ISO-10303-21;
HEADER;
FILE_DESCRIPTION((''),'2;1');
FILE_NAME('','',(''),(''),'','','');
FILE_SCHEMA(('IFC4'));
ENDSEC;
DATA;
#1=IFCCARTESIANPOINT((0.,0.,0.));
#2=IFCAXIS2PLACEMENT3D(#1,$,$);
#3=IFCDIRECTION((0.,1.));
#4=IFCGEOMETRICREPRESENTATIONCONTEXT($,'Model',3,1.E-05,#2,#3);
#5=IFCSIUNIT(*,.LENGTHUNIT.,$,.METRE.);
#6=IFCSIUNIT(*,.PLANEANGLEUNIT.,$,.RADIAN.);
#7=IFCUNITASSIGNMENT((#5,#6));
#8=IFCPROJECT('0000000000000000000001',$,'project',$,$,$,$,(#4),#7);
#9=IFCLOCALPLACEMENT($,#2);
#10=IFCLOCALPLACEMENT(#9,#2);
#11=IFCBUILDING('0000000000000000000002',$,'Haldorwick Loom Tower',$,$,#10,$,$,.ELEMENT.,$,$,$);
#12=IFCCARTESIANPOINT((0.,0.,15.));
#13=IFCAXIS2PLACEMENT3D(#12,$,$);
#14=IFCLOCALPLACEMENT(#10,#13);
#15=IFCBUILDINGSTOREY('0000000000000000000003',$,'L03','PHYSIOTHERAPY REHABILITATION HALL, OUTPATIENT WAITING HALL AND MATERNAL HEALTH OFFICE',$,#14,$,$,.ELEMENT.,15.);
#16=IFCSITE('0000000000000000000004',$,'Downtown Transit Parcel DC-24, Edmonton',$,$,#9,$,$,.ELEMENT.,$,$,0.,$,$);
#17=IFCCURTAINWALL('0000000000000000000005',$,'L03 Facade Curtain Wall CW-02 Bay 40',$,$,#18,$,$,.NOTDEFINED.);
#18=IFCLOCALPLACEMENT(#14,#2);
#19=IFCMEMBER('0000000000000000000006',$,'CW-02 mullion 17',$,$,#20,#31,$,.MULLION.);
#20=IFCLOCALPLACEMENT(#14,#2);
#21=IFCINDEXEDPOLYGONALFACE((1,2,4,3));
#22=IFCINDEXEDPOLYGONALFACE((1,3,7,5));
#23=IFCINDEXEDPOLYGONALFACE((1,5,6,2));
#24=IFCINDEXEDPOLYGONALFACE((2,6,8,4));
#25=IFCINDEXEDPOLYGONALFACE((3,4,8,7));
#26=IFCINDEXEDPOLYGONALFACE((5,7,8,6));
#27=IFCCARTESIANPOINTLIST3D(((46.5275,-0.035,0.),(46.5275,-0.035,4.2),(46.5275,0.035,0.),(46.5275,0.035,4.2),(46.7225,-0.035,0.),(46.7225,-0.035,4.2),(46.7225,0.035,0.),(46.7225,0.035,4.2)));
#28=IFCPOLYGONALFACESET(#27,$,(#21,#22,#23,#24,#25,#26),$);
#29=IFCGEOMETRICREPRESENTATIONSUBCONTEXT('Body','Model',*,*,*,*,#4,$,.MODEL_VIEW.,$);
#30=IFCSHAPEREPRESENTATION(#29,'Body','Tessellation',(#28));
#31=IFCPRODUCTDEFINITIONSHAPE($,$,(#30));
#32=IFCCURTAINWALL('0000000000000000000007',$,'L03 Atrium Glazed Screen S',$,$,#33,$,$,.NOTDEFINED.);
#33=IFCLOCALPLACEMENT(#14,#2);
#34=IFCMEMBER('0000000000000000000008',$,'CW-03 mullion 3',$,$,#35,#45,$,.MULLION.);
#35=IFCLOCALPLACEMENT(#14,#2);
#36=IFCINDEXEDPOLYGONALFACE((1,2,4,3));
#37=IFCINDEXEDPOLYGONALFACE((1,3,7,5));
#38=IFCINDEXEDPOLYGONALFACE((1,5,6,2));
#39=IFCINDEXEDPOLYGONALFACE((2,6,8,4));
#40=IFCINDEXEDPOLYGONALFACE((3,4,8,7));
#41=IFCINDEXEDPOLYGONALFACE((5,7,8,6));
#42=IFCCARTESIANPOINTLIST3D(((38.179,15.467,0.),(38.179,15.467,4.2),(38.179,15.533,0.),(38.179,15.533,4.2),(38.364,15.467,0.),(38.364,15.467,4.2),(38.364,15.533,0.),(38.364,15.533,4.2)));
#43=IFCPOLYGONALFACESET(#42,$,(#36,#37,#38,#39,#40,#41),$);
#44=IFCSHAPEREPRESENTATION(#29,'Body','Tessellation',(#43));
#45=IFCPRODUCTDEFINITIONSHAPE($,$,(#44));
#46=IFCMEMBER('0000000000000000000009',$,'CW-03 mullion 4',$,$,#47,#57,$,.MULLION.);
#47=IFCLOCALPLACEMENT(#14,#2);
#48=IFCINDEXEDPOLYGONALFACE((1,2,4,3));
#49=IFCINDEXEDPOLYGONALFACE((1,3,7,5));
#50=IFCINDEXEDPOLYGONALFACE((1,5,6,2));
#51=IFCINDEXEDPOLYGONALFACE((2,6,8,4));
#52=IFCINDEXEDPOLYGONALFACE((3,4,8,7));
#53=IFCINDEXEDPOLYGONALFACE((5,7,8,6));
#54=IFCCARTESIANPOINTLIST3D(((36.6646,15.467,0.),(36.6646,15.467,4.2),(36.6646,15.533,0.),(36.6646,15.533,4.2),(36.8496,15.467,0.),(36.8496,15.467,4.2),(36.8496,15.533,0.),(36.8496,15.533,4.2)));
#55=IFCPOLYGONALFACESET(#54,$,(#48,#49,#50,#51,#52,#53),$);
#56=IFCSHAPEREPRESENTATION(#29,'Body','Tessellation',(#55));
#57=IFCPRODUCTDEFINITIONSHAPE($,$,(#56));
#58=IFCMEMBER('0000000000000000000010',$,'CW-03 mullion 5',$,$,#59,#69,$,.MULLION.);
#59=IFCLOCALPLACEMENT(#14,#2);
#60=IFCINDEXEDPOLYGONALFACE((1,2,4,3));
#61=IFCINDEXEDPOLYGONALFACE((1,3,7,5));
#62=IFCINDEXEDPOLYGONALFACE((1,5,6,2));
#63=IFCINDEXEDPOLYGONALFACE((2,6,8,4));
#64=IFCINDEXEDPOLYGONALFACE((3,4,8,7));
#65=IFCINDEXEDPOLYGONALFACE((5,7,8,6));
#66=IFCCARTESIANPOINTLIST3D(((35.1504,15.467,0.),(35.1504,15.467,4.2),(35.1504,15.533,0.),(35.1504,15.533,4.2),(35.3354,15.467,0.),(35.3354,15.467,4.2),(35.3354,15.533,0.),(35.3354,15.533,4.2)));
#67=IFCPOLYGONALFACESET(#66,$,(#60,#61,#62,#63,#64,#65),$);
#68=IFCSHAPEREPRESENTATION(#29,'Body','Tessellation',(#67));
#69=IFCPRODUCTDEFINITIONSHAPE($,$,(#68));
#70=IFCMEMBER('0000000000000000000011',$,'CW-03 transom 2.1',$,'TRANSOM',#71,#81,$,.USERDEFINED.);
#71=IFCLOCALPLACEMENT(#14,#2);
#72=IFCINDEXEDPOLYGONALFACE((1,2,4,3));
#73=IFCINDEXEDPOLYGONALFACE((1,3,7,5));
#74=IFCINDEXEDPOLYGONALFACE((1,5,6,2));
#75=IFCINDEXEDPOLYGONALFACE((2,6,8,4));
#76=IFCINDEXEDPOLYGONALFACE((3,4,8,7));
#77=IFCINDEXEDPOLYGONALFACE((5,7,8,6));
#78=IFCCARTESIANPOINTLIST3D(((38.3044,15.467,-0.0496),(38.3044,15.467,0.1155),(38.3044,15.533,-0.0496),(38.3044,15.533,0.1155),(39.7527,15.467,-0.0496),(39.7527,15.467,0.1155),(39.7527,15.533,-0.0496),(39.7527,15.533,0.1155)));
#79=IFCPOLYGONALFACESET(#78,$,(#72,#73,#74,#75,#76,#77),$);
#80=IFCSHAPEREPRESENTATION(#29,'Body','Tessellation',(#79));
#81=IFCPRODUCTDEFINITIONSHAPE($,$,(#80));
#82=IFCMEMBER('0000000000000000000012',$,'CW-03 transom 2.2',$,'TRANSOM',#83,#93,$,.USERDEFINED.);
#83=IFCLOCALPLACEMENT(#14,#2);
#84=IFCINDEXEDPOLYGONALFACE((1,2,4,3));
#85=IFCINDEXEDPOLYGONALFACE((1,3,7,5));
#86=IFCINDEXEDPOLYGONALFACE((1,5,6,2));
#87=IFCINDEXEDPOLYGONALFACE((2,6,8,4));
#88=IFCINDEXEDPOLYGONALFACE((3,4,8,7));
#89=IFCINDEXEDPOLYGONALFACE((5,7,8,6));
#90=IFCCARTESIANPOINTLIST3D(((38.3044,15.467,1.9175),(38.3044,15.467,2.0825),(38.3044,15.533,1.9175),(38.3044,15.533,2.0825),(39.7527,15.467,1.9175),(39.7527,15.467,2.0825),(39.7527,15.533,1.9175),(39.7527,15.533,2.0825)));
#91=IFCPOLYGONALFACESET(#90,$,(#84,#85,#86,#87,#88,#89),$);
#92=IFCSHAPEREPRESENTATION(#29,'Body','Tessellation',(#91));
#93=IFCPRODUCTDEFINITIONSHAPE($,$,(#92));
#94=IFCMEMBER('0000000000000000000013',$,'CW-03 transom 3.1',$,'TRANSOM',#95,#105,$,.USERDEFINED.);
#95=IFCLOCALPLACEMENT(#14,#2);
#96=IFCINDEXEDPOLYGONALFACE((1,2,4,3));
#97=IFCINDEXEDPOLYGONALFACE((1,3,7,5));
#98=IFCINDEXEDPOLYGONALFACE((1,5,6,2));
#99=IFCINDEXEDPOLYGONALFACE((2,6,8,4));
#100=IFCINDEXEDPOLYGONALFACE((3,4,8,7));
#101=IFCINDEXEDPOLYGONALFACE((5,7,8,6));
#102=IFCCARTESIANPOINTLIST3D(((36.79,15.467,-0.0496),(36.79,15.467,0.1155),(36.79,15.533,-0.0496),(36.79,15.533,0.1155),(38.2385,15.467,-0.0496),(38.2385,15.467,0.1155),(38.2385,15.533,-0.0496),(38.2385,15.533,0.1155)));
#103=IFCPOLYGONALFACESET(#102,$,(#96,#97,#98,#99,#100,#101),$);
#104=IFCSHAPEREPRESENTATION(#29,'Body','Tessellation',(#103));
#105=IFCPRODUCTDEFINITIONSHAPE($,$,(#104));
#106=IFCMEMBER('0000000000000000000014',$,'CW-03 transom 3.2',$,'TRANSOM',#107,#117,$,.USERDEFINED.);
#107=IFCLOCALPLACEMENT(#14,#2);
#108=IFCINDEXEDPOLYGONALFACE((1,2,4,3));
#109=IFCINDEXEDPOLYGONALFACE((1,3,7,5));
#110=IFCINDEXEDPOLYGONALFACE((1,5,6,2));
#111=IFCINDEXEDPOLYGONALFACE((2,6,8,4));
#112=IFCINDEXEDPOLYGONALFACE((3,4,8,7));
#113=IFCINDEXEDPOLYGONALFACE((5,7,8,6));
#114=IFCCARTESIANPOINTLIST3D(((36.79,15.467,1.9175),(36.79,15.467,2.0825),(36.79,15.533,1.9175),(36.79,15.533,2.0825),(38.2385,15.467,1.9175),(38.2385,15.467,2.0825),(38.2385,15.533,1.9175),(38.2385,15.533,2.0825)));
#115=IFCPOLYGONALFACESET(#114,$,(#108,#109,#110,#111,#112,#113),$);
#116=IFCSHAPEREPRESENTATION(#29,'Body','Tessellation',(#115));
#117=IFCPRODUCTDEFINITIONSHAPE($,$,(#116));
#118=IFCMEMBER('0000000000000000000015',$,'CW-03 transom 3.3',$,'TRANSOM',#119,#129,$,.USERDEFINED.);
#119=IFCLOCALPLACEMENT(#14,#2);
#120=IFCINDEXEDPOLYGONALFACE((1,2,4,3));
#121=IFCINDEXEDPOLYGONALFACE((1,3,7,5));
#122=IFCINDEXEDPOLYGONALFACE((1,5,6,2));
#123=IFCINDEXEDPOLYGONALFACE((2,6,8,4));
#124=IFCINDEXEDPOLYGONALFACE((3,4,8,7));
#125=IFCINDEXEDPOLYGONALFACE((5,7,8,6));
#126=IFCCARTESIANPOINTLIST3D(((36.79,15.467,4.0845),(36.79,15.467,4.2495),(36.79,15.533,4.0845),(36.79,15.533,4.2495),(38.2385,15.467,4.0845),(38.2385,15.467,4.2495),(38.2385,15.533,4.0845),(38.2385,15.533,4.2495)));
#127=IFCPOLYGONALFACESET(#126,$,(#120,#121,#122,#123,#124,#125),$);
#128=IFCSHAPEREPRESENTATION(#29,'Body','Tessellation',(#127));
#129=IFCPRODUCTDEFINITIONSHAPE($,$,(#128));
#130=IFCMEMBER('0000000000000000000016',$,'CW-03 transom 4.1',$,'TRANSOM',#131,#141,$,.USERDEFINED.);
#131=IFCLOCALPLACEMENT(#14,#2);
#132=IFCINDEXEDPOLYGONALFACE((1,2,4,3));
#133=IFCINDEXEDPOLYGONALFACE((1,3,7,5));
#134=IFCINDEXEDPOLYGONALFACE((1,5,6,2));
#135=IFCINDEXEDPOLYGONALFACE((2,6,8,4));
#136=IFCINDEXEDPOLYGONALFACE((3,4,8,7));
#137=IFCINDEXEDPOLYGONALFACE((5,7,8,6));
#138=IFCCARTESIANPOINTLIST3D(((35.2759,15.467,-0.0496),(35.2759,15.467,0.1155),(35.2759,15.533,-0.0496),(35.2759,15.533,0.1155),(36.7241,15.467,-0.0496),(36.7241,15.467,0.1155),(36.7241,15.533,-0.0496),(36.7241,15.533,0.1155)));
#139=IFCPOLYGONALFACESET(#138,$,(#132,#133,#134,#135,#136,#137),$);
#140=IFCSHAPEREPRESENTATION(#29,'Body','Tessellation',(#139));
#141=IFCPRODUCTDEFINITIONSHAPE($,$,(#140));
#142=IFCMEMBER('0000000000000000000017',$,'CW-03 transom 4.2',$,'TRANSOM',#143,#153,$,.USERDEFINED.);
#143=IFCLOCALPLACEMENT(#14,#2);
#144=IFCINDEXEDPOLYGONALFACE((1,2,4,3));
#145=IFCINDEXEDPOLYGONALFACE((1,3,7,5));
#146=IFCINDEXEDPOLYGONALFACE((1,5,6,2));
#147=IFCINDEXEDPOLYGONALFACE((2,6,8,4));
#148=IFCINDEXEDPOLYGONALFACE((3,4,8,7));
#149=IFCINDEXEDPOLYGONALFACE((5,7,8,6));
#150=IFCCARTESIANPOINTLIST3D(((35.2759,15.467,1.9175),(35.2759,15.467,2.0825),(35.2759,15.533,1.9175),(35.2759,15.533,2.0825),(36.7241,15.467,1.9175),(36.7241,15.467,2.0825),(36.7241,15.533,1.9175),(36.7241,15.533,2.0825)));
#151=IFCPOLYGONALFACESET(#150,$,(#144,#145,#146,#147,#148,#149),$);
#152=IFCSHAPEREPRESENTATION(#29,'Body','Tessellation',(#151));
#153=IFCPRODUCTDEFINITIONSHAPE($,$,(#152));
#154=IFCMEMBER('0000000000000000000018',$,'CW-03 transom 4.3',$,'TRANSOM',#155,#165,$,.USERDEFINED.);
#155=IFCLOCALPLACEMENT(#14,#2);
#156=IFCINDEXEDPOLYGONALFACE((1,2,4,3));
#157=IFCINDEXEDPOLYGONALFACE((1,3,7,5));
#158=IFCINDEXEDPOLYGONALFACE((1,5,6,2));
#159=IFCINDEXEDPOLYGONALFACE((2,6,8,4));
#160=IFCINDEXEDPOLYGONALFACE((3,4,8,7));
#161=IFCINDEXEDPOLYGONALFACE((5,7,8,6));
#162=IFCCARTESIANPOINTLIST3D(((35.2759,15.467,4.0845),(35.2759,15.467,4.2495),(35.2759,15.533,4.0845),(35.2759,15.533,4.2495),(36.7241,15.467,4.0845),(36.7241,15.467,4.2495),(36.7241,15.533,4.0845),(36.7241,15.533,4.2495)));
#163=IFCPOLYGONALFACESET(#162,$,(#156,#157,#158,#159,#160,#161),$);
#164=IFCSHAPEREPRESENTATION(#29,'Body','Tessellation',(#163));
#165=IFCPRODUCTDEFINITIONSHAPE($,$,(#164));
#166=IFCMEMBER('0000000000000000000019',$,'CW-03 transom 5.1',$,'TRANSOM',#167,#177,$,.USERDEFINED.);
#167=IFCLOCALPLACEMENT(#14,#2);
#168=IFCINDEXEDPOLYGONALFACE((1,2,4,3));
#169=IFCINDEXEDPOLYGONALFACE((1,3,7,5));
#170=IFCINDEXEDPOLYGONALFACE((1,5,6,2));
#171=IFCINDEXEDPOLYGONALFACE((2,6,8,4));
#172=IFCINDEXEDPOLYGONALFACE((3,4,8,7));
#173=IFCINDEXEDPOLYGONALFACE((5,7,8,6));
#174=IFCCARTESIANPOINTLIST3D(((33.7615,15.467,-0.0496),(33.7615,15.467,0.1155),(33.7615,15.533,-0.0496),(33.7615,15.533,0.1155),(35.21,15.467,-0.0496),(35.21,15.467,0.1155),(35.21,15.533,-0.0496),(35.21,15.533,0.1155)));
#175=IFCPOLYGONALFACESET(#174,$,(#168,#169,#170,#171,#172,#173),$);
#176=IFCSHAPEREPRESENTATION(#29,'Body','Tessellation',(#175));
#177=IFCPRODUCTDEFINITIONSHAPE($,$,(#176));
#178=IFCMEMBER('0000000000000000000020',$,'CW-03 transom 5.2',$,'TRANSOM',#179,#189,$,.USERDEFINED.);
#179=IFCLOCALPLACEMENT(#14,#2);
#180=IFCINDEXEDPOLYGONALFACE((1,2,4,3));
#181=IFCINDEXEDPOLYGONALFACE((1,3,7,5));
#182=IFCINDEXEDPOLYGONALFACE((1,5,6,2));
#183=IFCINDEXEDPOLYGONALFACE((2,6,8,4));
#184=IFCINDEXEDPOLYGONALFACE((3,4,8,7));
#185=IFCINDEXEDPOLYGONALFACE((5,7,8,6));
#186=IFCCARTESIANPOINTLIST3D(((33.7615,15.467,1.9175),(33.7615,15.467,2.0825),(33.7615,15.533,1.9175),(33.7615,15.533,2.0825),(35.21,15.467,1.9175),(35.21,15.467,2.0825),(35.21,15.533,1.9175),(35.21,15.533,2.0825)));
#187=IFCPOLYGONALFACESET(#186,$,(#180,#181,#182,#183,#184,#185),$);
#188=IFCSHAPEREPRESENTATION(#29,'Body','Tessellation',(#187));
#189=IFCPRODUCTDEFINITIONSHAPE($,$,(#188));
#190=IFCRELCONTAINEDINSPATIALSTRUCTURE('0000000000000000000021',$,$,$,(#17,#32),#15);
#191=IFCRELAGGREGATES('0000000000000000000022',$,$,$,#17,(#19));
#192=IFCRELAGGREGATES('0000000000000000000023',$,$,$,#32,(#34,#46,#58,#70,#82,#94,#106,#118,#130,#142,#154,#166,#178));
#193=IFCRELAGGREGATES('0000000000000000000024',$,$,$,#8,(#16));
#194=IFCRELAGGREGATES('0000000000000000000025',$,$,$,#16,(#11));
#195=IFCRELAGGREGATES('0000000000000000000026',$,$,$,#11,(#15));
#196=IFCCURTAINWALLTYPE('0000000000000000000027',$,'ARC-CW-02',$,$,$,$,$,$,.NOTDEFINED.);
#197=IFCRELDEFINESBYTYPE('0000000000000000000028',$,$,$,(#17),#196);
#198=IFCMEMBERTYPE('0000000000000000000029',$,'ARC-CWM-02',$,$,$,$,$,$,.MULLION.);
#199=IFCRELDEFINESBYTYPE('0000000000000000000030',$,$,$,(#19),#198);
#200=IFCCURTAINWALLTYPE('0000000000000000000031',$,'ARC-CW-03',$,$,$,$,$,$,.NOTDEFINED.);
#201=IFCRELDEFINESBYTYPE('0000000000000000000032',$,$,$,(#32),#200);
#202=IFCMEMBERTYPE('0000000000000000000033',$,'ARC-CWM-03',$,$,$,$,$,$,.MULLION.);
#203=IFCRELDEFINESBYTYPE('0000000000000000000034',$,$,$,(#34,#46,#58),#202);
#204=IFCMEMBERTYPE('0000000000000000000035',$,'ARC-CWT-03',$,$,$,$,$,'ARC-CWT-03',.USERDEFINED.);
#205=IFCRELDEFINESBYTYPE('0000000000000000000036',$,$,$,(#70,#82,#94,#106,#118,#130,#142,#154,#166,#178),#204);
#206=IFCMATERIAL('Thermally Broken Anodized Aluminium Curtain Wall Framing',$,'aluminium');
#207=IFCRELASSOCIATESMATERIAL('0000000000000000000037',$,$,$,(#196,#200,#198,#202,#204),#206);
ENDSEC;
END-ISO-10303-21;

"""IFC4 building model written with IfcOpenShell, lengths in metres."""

from ifc_helpers import new_model, si_unit, direction, frame, origin, origin_2d, place, context, subcontext, project, spatial, rectangle, extrude, material, material_profile, profile_set, type_object, element, aggregate, save


model = new_model("IFC4")

# Units and contexts
model_context = context("Model", 3, precision=1e-05, world=origin(), true_north=direction((0.0, 1.0)))
body_context = subcontext(model_context, "Body", "Model", "MODEL_VIEW")
ifc_project = project(units=[si_unit("LENGTHUNIT", "METRE"), si_unit("PLANEANGLEUNIT", "RADIAN")], contexts=[model_context])

# Site, building, storey
site_placement = place(None, origin())
site = spatial("IfcSite", under=ifc_project, at=site_placement, Name="Downtown Transit Parcel DC-24, Edmonton", CompositionType="ELEMENT", RefElevation=0.0)
building_placement = place(site_placement, origin())
building = spatial("IfcBuilding", under=site, at=building_placement, Name="Haldorwick Loom Tower", CompositionType="ELEMENT")
storey_placement = place(building_placement, frame((0.0, 0.0, 15.0)))
storey = spatial("IfcBuildingStorey", under=building, at=storey_placement, Name="L03", Description="PHYSIOTHERAPY REHABILITATION HALL, OUTPATIENT WAITING HALL AND MATERNAL HEALTH OFFICE", CompositionType="ELEMENT", Elevation=15.0)

# Curtain wall, member
ifc_material_1 = material(Name="Thermally Broken Anodized Aluminium Curtain Wall Framing", Category="aluminium")
curtain_wall_type_1 = type_object("IfcCurtainWallType", Name="ARC-CW-02", PredefinedType="NOTDEFINED", material=ifc_material_1)
curtain_wall_1_placement = place(storey_placement, origin())
curtain_wall_1 = element("IfcCurtainWall", 1, at=curtain_wall_1_placement, inside=storey, type_object=curtain_wall_type_1, Name="L03 Facade Curtain Wall CW-02 Bay 40", PredefinedType="NOTDEFINED")
ifc_material_profile_1 = material_profile(ifc_material_1, rectangle(XDim=0.0701, YDim=0.1951, at=origin_2d()), Name="ALU_MUL_70X195", Category="aluminium")
ifc_profile_set_1 = profile_set([ifc_material_profile_1], Name="Thermally Broken Anodized Aluminium Curtain Wall Framing")
member_type_1 = type_object("IfcMemberType", Name="ARC-CWM-02", PredefinedType="MULLION", material=ifc_profile_set_1)
member_1_placement = place(storey_placement, frame((46.625, 0.0, 0.0), z_axis=(0.0, 0.0, 1.0), x_axis=(0.0, 1.0, 0.0)))
member_1 = element("IfcMember", 2, at=member_1_placement, type_object=member_type_1, Name="CW-02 mullion 17", PredefinedType="MULLION", context=body_context, shape_type="SweptSolid", body=[
    extrude(rectangle(XDim=0.0701, YDim=0.1951, at=origin_2d()), origin(), (0.0, 0.0, 1.0), 4.2),
])
aggregate(curtain_wall_1, [member_1])

# Curtain wall, members
curtain_wall_type_2 = type_object("IfcCurtainWallType", Name="ARC-CW-03", PredefinedType="NOTDEFINED", material=ifc_material_1)
curtain_wall_2_placement = place(storey_placement, origin())
curtain_wall_2 = element("IfcCurtainWall", 3, at=curtain_wall_2_placement, inside=storey, type_object=curtain_wall_type_2, Name="L03 Atrium Glazed Screen S", PredefinedType="NOTDEFINED")
ifc_material_profile_2 = material_profile(ifc_material_1, rectangle(XDim=0.0659, YDim=0.1851, at=origin_2d()), Name="ALU_MUL_66X185", Category="aluminium")
ifc_profile_set_2 = profile_set([ifc_material_profile_2], Name="Thermally Broken Anodized Aluminium Curtain Wall Framing")
member_type_2 = type_object("IfcMemberType", Name="ARC-CWM-03", PredefinedType="MULLION", material=ifc_profile_set_2)
member_2_placement = place(storey_placement, frame((38.2715, 15.5, 0.0), z_axis=(0.0, 0.0, 1.0), x_axis=(0.0, -1.0, 0.0)))
member_2 = element("IfcMember", 4, at=member_2_placement, type_object=member_type_2, Name="CW-03 mullion 3", PredefinedType="MULLION", context=body_context, shape_type="SweptSolid", body=[
    extrude(rectangle(XDim=0.0659, YDim=0.1851, at=origin_2d()), origin(), (0.0, 0.0, 1.0), 4.2),
])
member_3_placement = place(storey_placement, frame((36.7571, 15.5, 0.0), z_axis=(0.0, 0.0, 1.0), x_axis=(0.0, -1.0, 0.0)))
member_3 = element("IfcMember", 5, at=member_3_placement, type_object=member_type_2, Name="CW-03 mullion 4", PredefinedType="MULLION", context=body_context, shape_type="SweptSolid", body=[
    extrude(rectangle(XDim=0.0659, YDim=0.1851, at=origin_2d()), origin(), (0.0, 0.0, 1.0), 4.2),
])
member_4_placement = place(storey_placement, frame((35.2429, 15.5, 0.0), z_axis=(0.0, 0.0, 1.0), x_axis=(0.0, -1.0, 0.0)))
member_4 = element("IfcMember", 6, at=member_4_placement, type_object=member_type_2, Name="CW-03 mullion 5", PredefinedType="MULLION", context=body_context, shape_type="SweptSolid", body=[
    extrude(rectangle(XDim=0.0659, YDim=0.1851, at=origin_2d()), origin(), (0.0, 0.0, 1.0), 4.2),
])
ifc_material_profile_3 = material_profile(ifc_material_1, rectangle(XDim=0.0659, YDim=0.165, at=origin_2d()), Name="ALU_TRN_66X165", Category="aluminium")
ifc_profile_set_3 = profile_set([ifc_material_profile_3], Name="Thermally Broken Anodized Aluminium Curtain Wall Framing")
member_type_3 = type_object("IfcMemberType", Name="ARC-CWT-03", ElementType="ARC-CWT-03", PredefinedType="USERDEFINED", material=ifc_profile_set_3)
member_5_placement = place(storey_placement, frame((39.7527, 15.5, 0.033), z_axis=(-1.0, 0.0, 0.0), x_axis=(0.0, -1.0, 0.0)))
member_5 = element("IfcMember", 7, at=member_5_placement, type_object=member_type_3, Name="CW-03 transom 2.1", ObjectType="TRANSOM", PredefinedType="USERDEFINED", context=body_context, shape_type="SweptSolid", body=[
    extrude(rectangle(XDim=0.0659, YDim=0.165, at=origin_2d()), origin(), (0.0, 0.0, 1.0), 1.4482),
])
member_6_placement = place(storey_placement, frame((39.7527, 15.5, 2.0), z_axis=(-1.0, 0.0, 0.0), x_axis=(0.0, -1.0, 0.0)))
member_6 = element("IfcMember", 8, at=member_6_placement, type_object=member_type_3, Name="CW-03 transom 2.2", ObjectType="TRANSOM", PredefinedType="USERDEFINED", context=body_context, shape_type="SweptSolid", body=[
    extrude(rectangle(XDim=0.0659, YDim=0.165, at=origin_2d()), origin(), (0.0, 0.0, 1.0), 1.4482),
])
member_7_placement = place(storey_placement, frame((38.2385, 15.5, 0.033), z_axis=(-1.0, 0.0, 0.0), x_axis=(0.0, -1.0, 0.0)))
member_7 = element("IfcMember", 9, at=member_7_placement, type_object=member_type_3, Name="CW-03 transom 3.1", ObjectType="TRANSOM", PredefinedType="USERDEFINED", context=body_context, shape_type="SweptSolid", body=[
    extrude(rectangle(XDim=0.0659, YDim=0.165, at=origin_2d()), origin(), (0.0, 0.0, 1.0), 1.4485),
])
member_8_placement = place(storey_placement, frame((38.2385, 15.5, 2.0), z_axis=(-1.0, 0.0, 0.0), x_axis=(0.0, -1.0, 0.0)))
member_8 = element("IfcMember", 10, at=member_8_placement, type_object=member_type_3, Name="CW-03 transom 3.2", ObjectType="TRANSOM", PredefinedType="USERDEFINED", context=body_context, shape_type="SweptSolid", body=[
    extrude(rectangle(XDim=0.0659, YDim=0.165, at=origin_2d()), origin(), (0.0, 0.0, 1.0), 1.4485),
])
member_9_placement = place(storey_placement, frame((38.2385, 15.5, 4.167), z_axis=(-1.0, 0.0, 0.0), x_axis=(0.0, -1.0, 0.0)))
member_9 = element("IfcMember", 11, at=member_9_placement, type_object=member_type_3, Name="CW-03 transom 3.3", ObjectType="TRANSOM", PredefinedType="USERDEFINED", context=body_context, shape_type="SweptSolid", body=[
    extrude(rectangle(XDim=0.0659, YDim=0.165, at=origin_2d()), origin(), (0.0, 0.0, 1.0), 1.4485),
])
member_10_placement = place(storey_placement, frame((36.7241, 15.5, 0.033), z_axis=(-1.0, 0.0, 0.0), x_axis=(0.0, -1.0, 0.0)))
member_10 = element("IfcMember", 12, at=member_10_placement, type_object=member_type_3, Name="CW-03 transom 4.1", ObjectType="TRANSOM", PredefinedType="USERDEFINED", context=body_context, shape_type="SweptSolid", body=[
    extrude(rectangle(XDim=0.0659, YDim=0.165, at=origin_2d()), origin(), (0.0, 0.0, 1.0), 1.4482),
])
member_11_placement = place(storey_placement, frame((36.7241, 15.5, 2.0), z_axis=(-1.0, 0.0, 0.0), x_axis=(0.0, -1.0, 0.0)))
member_11 = element("IfcMember", 13, at=member_11_placement, type_object=member_type_3, Name="CW-03 transom 4.2", ObjectType="TRANSOM", PredefinedType="USERDEFINED", context=body_context, shape_type="SweptSolid", body=[
    extrude(rectangle(XDim=0.0659, YDim=0.165, at=origin_2d()), origin(), (0.0, 0.0, 1.0), 1.4482),
])
member_12_placement = place(storey_placement, frame((36.7241, 15.5, 4.167), z_axis=(-1.0, 0.0, 0.0), x_axis=(0.0, -1.0, 0.0)))
member_12 = element("IfcMember", 14, at=member_12_placement, type_object=member_type_3, Name="CW-03 transom 4.3", ObjectType="TRANSOM", PredefinedType="USERDEFINED", context=body_context, shape_type="SweptSolid", body=[
    extrude(rectangle(XDim=0.0659, YDim=0.165, at=origin_2d()), origin(), (0.0, 0.0, 1.0), 1.4482),
])
member_13_placement = place(storey_placement, frame((35.21, 15.5, 0.033), z_axis=(-1.0, 0.0, 0.0), x_axis=(0.0, -1.0, 0.0)))
member_13 = element("IfcMember", 15, at=member_13_placement, type_object=member_type_3, Name="CW-03 transom 5.1", ObjectType="TRANSOM", PredefinedType="USERDEFINED", context=body_context, shape_type="SweptSolid", body=[
    extrude(rectangle(XDim=0.0659, YDim=0.165, at=origin_2d()), origin(), (0.0, 0.0, 1.0), 1.4485),
])
member_14_placement = place(storey_placement, frame((35.21, 15.5, 2.0), z_axis=(-1.0, 0.0, 0.0), x_axis=(0.0, -1.0, 0.0)))
member_14 = element("IfcMember", 16, at=member_14_placement, type_object=member_type_3, Name="CW-03 transom 5.2", ObjectType="TRANSOM", PredefinedType="USERDEFINED", context=body_context, shape_type="SweptSolid", body=[
    extrude(rectangle(XDim=0.0659, YDim=0.165, at=origin_2d()), origin(), (0.0, 0.0, 1.0), 1.4485),
])

aggregate(curtain_wall_2, [member_2, member_3, member_4, member_5, member_6, member_7, member_8, member_9, member_10, member_11, member_12, member_13, member_14])

save(model, "model.ifc")
